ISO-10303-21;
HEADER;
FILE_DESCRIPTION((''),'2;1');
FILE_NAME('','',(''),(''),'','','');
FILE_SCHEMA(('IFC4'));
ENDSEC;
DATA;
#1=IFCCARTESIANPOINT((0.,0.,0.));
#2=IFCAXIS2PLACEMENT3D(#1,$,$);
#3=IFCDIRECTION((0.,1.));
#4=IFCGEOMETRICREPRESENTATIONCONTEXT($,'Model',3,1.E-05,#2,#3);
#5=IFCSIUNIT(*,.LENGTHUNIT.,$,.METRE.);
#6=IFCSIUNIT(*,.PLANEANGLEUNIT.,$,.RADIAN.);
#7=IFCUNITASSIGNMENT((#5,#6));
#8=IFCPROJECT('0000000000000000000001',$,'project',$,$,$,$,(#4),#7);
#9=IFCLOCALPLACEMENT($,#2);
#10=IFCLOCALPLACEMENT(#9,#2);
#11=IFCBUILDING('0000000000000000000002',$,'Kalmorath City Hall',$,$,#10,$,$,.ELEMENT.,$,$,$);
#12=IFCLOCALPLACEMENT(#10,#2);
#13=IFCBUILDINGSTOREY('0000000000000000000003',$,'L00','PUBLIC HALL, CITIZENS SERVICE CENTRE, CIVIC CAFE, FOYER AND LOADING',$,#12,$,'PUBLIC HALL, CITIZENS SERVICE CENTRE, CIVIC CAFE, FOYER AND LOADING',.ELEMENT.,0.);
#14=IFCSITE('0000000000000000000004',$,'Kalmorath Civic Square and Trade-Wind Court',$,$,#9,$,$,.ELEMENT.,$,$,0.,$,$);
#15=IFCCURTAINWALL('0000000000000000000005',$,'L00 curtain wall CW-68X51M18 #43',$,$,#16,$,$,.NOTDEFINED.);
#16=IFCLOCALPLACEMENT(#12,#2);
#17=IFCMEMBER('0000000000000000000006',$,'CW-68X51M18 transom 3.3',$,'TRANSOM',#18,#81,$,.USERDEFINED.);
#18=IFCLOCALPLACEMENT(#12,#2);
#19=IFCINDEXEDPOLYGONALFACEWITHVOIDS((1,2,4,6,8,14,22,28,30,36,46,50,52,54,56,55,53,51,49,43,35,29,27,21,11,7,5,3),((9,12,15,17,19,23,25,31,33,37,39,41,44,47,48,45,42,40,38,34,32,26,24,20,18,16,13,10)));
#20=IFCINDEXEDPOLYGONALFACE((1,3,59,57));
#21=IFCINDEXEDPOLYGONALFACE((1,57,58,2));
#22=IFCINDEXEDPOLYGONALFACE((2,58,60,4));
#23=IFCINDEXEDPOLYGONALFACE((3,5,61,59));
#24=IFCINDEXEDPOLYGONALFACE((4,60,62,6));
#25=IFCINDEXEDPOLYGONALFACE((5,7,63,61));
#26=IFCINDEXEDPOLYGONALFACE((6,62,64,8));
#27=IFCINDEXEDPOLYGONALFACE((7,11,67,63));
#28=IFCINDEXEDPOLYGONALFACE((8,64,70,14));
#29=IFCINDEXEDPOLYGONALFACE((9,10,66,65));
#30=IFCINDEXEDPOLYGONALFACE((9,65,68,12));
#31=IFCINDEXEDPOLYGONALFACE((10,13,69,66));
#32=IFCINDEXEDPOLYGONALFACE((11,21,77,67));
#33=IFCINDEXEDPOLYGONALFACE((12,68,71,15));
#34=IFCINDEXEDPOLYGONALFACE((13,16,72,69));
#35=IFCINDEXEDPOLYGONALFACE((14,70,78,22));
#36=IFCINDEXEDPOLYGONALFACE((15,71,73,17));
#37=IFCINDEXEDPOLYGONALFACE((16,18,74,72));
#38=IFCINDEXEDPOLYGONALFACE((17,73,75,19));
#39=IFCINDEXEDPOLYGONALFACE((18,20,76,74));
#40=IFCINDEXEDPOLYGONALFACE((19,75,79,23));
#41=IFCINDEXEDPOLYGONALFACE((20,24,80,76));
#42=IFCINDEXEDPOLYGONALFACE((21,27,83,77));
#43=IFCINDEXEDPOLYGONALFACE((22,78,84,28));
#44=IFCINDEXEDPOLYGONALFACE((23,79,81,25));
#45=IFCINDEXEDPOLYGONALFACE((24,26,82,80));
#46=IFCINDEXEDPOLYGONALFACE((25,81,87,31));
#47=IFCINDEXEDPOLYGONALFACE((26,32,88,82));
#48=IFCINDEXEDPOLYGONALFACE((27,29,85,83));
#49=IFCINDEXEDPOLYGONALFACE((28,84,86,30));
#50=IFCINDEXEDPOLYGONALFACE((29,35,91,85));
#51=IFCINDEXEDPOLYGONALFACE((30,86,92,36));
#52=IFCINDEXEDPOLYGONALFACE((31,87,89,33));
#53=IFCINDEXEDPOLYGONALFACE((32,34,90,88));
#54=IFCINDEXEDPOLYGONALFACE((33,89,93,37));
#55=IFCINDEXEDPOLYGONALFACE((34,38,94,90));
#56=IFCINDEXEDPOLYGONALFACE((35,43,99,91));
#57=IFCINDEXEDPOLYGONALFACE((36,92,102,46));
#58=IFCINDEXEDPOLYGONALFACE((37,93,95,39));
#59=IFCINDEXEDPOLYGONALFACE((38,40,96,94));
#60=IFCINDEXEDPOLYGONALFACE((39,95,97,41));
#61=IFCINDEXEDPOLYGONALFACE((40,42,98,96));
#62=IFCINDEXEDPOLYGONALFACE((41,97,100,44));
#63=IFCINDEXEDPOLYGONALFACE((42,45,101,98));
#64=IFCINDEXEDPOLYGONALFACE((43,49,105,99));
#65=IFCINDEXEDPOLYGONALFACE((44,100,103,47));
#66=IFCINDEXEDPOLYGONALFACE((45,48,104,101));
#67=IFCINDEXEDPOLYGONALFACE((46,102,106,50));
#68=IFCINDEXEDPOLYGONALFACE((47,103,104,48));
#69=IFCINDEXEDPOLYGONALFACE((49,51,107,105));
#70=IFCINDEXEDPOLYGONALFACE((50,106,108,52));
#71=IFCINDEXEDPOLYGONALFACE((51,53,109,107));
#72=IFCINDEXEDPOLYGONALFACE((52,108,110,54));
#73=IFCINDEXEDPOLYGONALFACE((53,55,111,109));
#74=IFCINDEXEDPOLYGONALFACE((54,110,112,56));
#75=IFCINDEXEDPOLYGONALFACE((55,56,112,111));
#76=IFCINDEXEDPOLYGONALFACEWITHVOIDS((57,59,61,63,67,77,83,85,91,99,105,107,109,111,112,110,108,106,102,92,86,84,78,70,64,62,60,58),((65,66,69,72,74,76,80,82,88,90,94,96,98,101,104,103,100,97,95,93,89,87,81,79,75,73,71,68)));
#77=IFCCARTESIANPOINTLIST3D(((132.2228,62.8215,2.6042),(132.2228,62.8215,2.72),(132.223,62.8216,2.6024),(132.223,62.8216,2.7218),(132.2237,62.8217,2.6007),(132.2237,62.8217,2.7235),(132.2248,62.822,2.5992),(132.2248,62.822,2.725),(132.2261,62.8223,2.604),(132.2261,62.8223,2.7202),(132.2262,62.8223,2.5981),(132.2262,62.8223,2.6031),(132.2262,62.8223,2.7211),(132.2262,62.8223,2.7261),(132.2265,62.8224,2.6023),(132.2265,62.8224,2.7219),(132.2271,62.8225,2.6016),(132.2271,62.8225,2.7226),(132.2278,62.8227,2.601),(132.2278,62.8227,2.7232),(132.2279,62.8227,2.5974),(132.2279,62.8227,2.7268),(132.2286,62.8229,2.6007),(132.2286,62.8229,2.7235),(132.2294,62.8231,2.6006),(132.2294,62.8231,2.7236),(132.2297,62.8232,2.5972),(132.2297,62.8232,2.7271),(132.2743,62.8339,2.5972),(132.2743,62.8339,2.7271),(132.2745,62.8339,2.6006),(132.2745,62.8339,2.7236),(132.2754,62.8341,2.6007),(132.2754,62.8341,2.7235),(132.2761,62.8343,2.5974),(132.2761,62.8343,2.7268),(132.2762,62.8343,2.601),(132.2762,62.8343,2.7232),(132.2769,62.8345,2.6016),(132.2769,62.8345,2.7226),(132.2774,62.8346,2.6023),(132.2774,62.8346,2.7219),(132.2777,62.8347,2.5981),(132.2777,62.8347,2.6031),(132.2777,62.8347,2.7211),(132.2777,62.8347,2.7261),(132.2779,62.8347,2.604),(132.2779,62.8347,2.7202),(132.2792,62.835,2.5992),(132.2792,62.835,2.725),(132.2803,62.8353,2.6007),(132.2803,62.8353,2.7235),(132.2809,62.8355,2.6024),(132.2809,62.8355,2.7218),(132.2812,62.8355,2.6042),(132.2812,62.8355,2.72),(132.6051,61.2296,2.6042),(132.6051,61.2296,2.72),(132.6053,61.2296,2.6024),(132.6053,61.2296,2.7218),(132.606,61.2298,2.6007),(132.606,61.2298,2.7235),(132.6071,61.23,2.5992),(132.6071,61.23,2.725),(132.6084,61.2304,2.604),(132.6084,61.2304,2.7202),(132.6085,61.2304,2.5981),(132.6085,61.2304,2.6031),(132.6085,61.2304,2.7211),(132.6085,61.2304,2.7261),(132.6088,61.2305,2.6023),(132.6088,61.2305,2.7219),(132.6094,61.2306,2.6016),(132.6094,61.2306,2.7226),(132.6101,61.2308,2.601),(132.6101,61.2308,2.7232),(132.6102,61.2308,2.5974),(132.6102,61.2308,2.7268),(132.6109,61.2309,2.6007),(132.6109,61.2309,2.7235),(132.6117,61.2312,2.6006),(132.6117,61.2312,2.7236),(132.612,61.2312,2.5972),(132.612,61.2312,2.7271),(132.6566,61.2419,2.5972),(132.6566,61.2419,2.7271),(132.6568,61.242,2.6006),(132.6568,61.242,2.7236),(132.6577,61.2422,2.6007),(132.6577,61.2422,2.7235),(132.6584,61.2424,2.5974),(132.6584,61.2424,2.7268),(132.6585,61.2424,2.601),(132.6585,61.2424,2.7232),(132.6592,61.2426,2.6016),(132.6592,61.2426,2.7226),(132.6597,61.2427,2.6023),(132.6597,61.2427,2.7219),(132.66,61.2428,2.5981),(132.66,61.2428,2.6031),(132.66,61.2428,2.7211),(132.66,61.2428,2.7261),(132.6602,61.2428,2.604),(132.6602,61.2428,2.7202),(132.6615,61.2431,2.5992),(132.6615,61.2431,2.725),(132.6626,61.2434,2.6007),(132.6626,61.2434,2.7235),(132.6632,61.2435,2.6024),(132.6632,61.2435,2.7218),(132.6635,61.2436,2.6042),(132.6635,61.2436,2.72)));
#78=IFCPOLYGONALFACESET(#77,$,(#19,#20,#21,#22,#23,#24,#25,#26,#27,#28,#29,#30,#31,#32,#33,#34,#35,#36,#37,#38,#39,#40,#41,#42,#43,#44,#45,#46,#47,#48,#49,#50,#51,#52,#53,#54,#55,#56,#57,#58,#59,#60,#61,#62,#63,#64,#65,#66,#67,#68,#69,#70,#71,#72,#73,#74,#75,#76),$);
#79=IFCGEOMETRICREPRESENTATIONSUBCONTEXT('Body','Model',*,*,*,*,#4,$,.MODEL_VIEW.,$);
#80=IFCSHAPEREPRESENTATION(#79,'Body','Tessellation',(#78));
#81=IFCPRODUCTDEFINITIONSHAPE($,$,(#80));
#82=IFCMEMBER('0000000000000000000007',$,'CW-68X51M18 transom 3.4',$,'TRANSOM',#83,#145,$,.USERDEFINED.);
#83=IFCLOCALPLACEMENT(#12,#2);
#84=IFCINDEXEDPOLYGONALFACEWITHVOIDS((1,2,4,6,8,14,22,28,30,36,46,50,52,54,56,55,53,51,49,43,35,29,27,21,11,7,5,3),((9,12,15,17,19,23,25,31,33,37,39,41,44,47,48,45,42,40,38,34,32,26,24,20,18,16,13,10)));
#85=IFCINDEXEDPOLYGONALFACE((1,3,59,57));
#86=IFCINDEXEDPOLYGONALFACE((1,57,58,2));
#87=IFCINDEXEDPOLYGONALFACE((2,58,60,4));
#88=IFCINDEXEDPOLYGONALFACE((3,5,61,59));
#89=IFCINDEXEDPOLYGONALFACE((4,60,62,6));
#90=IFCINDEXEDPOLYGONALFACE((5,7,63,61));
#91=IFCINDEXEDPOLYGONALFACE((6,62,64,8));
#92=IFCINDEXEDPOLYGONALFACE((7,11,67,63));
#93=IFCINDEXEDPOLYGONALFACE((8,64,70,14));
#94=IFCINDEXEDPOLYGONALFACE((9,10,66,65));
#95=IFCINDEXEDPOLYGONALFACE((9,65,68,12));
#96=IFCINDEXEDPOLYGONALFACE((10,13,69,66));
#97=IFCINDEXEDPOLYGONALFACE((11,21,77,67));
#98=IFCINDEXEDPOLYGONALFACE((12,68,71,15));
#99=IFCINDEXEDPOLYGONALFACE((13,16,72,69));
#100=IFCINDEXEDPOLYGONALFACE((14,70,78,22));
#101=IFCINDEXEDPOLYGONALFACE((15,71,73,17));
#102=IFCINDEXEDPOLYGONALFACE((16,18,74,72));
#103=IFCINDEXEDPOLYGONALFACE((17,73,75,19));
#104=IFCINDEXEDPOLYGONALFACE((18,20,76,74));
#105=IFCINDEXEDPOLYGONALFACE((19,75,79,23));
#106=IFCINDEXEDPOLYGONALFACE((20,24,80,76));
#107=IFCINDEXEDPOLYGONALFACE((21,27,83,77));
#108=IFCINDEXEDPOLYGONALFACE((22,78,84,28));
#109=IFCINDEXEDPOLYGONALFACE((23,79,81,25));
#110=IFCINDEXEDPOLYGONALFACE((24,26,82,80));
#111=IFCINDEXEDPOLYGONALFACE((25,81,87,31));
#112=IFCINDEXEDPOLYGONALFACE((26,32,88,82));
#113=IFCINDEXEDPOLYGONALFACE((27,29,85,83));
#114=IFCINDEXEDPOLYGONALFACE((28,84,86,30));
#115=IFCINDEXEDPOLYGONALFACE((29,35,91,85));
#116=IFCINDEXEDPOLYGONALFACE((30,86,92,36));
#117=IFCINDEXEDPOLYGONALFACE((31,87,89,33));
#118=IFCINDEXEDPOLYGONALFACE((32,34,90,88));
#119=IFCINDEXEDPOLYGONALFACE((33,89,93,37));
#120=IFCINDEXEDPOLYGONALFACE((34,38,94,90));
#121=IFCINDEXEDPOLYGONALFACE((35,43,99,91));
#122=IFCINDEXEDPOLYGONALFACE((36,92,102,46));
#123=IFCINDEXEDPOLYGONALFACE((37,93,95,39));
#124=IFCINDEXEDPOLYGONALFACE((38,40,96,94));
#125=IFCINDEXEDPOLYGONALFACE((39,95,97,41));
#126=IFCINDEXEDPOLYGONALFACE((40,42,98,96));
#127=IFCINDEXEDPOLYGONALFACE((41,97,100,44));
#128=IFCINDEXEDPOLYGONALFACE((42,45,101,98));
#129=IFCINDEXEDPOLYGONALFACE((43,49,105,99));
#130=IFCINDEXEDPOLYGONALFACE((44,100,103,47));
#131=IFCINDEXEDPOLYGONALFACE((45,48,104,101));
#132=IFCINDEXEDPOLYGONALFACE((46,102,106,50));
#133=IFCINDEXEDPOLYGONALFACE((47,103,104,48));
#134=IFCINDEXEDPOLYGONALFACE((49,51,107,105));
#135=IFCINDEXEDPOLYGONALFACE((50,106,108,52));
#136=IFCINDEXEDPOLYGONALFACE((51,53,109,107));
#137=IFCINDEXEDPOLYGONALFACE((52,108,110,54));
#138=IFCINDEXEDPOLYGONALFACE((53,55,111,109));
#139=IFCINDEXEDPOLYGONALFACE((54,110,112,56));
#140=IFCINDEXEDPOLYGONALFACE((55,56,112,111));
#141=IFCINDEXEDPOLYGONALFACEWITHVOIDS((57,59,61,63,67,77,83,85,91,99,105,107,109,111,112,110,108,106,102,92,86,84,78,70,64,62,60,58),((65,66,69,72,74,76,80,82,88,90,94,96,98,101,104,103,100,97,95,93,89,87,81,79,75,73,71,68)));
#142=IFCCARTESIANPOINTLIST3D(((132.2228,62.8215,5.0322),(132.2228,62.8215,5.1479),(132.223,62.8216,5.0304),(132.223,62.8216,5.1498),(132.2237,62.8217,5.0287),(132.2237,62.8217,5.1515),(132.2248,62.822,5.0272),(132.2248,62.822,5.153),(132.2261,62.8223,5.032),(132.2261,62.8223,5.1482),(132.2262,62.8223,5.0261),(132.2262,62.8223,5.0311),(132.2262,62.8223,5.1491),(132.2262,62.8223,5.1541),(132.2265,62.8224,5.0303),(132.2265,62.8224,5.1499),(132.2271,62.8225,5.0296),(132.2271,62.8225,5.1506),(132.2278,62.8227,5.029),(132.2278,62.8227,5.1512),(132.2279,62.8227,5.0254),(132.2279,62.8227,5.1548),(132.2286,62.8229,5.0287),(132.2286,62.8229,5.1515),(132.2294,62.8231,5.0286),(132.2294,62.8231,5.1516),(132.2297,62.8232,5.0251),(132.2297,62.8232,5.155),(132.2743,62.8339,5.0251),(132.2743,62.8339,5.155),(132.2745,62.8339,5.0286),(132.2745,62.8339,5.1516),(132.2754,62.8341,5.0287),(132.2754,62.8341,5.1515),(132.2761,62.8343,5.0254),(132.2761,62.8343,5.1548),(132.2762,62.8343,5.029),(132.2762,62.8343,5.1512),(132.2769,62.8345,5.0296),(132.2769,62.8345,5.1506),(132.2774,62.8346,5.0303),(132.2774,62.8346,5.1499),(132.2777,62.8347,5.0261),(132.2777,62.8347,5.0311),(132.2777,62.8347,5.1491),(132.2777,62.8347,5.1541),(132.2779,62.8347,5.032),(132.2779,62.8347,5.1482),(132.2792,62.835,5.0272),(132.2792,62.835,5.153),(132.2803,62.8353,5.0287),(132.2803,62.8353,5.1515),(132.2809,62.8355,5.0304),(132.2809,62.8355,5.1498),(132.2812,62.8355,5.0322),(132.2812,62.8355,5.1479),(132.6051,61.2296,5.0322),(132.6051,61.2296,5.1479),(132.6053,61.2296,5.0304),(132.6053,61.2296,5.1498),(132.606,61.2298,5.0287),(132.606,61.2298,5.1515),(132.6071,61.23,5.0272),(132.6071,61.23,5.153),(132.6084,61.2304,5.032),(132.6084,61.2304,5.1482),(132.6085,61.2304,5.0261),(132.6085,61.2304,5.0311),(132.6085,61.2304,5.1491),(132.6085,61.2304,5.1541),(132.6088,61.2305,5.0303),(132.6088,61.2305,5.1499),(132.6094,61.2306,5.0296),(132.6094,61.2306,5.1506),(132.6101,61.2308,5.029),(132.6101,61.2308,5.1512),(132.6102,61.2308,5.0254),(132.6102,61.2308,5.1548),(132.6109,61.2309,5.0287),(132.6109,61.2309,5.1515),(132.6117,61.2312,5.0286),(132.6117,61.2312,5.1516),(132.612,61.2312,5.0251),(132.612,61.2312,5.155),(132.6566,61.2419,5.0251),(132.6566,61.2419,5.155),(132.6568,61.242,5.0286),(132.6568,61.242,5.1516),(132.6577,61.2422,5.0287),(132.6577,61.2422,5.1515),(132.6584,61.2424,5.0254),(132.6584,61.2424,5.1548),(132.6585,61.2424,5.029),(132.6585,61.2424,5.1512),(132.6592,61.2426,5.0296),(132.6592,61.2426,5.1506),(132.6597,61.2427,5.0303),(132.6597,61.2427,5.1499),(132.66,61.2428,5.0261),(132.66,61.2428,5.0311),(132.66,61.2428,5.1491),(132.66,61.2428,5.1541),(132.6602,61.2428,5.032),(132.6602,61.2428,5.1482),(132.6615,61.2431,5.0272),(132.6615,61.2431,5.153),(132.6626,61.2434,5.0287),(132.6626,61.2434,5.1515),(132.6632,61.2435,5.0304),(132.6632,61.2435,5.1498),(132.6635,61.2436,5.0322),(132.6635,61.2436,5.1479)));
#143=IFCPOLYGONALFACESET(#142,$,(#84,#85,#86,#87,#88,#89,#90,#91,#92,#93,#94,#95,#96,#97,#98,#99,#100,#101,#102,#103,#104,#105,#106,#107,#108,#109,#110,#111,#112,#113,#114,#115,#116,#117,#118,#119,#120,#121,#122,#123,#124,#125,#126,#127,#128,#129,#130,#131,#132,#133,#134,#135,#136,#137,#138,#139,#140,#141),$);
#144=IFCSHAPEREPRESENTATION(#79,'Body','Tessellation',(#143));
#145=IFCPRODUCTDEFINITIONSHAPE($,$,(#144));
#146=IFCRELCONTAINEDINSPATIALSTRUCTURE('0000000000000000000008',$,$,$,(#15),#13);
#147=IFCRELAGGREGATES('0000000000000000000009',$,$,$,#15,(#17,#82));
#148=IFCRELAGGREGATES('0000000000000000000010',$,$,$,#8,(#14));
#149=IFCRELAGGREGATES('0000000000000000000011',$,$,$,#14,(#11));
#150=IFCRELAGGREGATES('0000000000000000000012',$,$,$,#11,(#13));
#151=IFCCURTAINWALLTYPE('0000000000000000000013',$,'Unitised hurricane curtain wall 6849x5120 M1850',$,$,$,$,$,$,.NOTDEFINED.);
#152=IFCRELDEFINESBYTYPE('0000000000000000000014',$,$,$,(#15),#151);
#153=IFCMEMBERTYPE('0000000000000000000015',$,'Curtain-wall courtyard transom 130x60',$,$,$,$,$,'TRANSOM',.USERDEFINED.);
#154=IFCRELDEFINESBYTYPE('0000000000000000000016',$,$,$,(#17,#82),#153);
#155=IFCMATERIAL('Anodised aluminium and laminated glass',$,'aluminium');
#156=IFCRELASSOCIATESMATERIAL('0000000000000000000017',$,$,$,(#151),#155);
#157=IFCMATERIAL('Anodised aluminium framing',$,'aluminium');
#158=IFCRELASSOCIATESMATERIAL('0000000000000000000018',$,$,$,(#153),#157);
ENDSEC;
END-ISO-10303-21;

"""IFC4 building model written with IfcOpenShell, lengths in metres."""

from ifc_helpers import new_model, si_unit, direction, frame, origin, origin_2d, place, context, subcontext, project, spatial, hollow_rectangle, extrude, material, material_profile, profile_set, type_object, element, aggregate, save


model = new_model("IFC4")

# Units and contexts
model_context = context("Model", 3, precision=1e-05, world=origin(), true_north=direction((0.0, 1.0)))
body_context = subcontext(model_context, "Body", "Model", "MODEL_VIEW")
ifc_project = project(units=[si_unit("LENGTHUNIT", "METRE"), si_unit("PLANEANGLEUNIT", "RADIAN")], contexts=[model_context])

# Site, building, storey
site_placement = place(None, origin())
site = spatial("IfcSite", under=ifc_project, at=site_placement, Name="Kalmorath Civic Square and Trade-Wind Court", CompositionType="ELEMENT", RefElevation=0.0)
building_placement = place(site_placement, origin())
building = spatial("IfcBuilding", under=site, at=building_placement, Name="Kalmorath City Hall", CompositionType="ELEMENT")
storey_placement = place(building_placement, origin())
storey = spatial("IfcBuildingStorey", under=building, at=storey_placement, Name="L00", Description="PUBLIC HALL, CITIZENS SERVICE CENTRE, CIVIC CAFE, FOYER AND LOADING", LongName="PUBLIC HALL, CITIZENS SERVICE CENTRE, CIVIC CAFE, FOYER AND LOADING", CompositionType="ELEMENT", Elevation=0.0)

# Curtain wall, members
ifc_material_1 = material(Name="Anodised aluminium and laminated glass", Category="aluminium")
curtain_wall_type = type_object("IfcCurtainWallType", Name="Unitised hurricane curtain wall 6849x5120 M1850", PredefinedType="NOTDEFINED", material=ifc_material_1)
curtain_wall_placement = place(storey_placement, origin())
curtain_wall = element("IfcCurtainWall", 1, at=curtain_wall_placement, inside=storey, type_object=curtain_wall_type, Name="L00 curtain wall CW-68X51M18 #43", PredefinedType="NOTDEFINED")
ifc_material_2 = material(Name="Anodised aluminium framing", Category="aluminium")
ifc_material_profile_1 = material_profile(ifc_material_2, hollow_rectangle(XDim=0.0601, YDim=0.1299, WallThickness=0.0034, InnerFilletRadius=0.0034, OuterFilletRadius=0.0071, at=origin_2d()), Name="ALU-TRN-130X60X3.5")
ifc_profile_set_1 = profile_set([ifc_material_profile_1], Name="Anodised aluminium framing")
member_type_1 = type_object("IfcMemberType", Name="Curtain-wall courtyard transom 130x60", ElementType="TRANSOM", PredefinedType="USERDEFINED", material=ifc_profile_set_1)
member_1_placement = place(storey_placement, frame((132.6343, 61.2366, 2.6621), z_axis=(-0.233508, 0.972355, 0.0), x_axis=(-0.972355, -0.233508, 0.0)))
member_1 = element("IfcMember", 2, at=member_1_placement, type_object=member_type_1, Name="CW-68X51M18 transom 3.3", ObjectType="TRANSOM", PredefinedType="USERDEFINED", context=body_context, shape_type="SweptSolid", body=[
    extrude(hollow_rectangle(XDim=0.0601, YDim=0.1299, WallThickness=0.0034, InnerFilletRadius=0.0034, OuterFilletRadius=0.0071, at=origin_2d()), origin(), (0.0, 0.0, 1.0), 1.6372),
])
member_2_placement = place(storey_placement, frame((132.6343, 61.2366, 5.0901), z_axis=(-0.233508, 0.972355, 0.0), x_axis=(-0.972355, -0.233508, 0.0)))
member_2 = element("IfcMember", 3, at=member_2_placement, type_object=member_type_1, Name="CW-68X51M18 transom 3.4", ObjectType="TRANSOM", PredefinedType="USERDEFINED", context=body_context, shape_type="SweptSolid", body=[
    extrude(hollow_rectangle(XDim=0.0601, YDim=0.1299, WallThickness=0.0034, InnerFilletRadius=0.0034, OuterFilletRadius=0.0071, at=origin_2d()), origin(), (0.0, 0.0, 1.0), 1.6372),
])
aggregate(curtain_wall, [member_1, member_2])

save(model, "model.ifc")
